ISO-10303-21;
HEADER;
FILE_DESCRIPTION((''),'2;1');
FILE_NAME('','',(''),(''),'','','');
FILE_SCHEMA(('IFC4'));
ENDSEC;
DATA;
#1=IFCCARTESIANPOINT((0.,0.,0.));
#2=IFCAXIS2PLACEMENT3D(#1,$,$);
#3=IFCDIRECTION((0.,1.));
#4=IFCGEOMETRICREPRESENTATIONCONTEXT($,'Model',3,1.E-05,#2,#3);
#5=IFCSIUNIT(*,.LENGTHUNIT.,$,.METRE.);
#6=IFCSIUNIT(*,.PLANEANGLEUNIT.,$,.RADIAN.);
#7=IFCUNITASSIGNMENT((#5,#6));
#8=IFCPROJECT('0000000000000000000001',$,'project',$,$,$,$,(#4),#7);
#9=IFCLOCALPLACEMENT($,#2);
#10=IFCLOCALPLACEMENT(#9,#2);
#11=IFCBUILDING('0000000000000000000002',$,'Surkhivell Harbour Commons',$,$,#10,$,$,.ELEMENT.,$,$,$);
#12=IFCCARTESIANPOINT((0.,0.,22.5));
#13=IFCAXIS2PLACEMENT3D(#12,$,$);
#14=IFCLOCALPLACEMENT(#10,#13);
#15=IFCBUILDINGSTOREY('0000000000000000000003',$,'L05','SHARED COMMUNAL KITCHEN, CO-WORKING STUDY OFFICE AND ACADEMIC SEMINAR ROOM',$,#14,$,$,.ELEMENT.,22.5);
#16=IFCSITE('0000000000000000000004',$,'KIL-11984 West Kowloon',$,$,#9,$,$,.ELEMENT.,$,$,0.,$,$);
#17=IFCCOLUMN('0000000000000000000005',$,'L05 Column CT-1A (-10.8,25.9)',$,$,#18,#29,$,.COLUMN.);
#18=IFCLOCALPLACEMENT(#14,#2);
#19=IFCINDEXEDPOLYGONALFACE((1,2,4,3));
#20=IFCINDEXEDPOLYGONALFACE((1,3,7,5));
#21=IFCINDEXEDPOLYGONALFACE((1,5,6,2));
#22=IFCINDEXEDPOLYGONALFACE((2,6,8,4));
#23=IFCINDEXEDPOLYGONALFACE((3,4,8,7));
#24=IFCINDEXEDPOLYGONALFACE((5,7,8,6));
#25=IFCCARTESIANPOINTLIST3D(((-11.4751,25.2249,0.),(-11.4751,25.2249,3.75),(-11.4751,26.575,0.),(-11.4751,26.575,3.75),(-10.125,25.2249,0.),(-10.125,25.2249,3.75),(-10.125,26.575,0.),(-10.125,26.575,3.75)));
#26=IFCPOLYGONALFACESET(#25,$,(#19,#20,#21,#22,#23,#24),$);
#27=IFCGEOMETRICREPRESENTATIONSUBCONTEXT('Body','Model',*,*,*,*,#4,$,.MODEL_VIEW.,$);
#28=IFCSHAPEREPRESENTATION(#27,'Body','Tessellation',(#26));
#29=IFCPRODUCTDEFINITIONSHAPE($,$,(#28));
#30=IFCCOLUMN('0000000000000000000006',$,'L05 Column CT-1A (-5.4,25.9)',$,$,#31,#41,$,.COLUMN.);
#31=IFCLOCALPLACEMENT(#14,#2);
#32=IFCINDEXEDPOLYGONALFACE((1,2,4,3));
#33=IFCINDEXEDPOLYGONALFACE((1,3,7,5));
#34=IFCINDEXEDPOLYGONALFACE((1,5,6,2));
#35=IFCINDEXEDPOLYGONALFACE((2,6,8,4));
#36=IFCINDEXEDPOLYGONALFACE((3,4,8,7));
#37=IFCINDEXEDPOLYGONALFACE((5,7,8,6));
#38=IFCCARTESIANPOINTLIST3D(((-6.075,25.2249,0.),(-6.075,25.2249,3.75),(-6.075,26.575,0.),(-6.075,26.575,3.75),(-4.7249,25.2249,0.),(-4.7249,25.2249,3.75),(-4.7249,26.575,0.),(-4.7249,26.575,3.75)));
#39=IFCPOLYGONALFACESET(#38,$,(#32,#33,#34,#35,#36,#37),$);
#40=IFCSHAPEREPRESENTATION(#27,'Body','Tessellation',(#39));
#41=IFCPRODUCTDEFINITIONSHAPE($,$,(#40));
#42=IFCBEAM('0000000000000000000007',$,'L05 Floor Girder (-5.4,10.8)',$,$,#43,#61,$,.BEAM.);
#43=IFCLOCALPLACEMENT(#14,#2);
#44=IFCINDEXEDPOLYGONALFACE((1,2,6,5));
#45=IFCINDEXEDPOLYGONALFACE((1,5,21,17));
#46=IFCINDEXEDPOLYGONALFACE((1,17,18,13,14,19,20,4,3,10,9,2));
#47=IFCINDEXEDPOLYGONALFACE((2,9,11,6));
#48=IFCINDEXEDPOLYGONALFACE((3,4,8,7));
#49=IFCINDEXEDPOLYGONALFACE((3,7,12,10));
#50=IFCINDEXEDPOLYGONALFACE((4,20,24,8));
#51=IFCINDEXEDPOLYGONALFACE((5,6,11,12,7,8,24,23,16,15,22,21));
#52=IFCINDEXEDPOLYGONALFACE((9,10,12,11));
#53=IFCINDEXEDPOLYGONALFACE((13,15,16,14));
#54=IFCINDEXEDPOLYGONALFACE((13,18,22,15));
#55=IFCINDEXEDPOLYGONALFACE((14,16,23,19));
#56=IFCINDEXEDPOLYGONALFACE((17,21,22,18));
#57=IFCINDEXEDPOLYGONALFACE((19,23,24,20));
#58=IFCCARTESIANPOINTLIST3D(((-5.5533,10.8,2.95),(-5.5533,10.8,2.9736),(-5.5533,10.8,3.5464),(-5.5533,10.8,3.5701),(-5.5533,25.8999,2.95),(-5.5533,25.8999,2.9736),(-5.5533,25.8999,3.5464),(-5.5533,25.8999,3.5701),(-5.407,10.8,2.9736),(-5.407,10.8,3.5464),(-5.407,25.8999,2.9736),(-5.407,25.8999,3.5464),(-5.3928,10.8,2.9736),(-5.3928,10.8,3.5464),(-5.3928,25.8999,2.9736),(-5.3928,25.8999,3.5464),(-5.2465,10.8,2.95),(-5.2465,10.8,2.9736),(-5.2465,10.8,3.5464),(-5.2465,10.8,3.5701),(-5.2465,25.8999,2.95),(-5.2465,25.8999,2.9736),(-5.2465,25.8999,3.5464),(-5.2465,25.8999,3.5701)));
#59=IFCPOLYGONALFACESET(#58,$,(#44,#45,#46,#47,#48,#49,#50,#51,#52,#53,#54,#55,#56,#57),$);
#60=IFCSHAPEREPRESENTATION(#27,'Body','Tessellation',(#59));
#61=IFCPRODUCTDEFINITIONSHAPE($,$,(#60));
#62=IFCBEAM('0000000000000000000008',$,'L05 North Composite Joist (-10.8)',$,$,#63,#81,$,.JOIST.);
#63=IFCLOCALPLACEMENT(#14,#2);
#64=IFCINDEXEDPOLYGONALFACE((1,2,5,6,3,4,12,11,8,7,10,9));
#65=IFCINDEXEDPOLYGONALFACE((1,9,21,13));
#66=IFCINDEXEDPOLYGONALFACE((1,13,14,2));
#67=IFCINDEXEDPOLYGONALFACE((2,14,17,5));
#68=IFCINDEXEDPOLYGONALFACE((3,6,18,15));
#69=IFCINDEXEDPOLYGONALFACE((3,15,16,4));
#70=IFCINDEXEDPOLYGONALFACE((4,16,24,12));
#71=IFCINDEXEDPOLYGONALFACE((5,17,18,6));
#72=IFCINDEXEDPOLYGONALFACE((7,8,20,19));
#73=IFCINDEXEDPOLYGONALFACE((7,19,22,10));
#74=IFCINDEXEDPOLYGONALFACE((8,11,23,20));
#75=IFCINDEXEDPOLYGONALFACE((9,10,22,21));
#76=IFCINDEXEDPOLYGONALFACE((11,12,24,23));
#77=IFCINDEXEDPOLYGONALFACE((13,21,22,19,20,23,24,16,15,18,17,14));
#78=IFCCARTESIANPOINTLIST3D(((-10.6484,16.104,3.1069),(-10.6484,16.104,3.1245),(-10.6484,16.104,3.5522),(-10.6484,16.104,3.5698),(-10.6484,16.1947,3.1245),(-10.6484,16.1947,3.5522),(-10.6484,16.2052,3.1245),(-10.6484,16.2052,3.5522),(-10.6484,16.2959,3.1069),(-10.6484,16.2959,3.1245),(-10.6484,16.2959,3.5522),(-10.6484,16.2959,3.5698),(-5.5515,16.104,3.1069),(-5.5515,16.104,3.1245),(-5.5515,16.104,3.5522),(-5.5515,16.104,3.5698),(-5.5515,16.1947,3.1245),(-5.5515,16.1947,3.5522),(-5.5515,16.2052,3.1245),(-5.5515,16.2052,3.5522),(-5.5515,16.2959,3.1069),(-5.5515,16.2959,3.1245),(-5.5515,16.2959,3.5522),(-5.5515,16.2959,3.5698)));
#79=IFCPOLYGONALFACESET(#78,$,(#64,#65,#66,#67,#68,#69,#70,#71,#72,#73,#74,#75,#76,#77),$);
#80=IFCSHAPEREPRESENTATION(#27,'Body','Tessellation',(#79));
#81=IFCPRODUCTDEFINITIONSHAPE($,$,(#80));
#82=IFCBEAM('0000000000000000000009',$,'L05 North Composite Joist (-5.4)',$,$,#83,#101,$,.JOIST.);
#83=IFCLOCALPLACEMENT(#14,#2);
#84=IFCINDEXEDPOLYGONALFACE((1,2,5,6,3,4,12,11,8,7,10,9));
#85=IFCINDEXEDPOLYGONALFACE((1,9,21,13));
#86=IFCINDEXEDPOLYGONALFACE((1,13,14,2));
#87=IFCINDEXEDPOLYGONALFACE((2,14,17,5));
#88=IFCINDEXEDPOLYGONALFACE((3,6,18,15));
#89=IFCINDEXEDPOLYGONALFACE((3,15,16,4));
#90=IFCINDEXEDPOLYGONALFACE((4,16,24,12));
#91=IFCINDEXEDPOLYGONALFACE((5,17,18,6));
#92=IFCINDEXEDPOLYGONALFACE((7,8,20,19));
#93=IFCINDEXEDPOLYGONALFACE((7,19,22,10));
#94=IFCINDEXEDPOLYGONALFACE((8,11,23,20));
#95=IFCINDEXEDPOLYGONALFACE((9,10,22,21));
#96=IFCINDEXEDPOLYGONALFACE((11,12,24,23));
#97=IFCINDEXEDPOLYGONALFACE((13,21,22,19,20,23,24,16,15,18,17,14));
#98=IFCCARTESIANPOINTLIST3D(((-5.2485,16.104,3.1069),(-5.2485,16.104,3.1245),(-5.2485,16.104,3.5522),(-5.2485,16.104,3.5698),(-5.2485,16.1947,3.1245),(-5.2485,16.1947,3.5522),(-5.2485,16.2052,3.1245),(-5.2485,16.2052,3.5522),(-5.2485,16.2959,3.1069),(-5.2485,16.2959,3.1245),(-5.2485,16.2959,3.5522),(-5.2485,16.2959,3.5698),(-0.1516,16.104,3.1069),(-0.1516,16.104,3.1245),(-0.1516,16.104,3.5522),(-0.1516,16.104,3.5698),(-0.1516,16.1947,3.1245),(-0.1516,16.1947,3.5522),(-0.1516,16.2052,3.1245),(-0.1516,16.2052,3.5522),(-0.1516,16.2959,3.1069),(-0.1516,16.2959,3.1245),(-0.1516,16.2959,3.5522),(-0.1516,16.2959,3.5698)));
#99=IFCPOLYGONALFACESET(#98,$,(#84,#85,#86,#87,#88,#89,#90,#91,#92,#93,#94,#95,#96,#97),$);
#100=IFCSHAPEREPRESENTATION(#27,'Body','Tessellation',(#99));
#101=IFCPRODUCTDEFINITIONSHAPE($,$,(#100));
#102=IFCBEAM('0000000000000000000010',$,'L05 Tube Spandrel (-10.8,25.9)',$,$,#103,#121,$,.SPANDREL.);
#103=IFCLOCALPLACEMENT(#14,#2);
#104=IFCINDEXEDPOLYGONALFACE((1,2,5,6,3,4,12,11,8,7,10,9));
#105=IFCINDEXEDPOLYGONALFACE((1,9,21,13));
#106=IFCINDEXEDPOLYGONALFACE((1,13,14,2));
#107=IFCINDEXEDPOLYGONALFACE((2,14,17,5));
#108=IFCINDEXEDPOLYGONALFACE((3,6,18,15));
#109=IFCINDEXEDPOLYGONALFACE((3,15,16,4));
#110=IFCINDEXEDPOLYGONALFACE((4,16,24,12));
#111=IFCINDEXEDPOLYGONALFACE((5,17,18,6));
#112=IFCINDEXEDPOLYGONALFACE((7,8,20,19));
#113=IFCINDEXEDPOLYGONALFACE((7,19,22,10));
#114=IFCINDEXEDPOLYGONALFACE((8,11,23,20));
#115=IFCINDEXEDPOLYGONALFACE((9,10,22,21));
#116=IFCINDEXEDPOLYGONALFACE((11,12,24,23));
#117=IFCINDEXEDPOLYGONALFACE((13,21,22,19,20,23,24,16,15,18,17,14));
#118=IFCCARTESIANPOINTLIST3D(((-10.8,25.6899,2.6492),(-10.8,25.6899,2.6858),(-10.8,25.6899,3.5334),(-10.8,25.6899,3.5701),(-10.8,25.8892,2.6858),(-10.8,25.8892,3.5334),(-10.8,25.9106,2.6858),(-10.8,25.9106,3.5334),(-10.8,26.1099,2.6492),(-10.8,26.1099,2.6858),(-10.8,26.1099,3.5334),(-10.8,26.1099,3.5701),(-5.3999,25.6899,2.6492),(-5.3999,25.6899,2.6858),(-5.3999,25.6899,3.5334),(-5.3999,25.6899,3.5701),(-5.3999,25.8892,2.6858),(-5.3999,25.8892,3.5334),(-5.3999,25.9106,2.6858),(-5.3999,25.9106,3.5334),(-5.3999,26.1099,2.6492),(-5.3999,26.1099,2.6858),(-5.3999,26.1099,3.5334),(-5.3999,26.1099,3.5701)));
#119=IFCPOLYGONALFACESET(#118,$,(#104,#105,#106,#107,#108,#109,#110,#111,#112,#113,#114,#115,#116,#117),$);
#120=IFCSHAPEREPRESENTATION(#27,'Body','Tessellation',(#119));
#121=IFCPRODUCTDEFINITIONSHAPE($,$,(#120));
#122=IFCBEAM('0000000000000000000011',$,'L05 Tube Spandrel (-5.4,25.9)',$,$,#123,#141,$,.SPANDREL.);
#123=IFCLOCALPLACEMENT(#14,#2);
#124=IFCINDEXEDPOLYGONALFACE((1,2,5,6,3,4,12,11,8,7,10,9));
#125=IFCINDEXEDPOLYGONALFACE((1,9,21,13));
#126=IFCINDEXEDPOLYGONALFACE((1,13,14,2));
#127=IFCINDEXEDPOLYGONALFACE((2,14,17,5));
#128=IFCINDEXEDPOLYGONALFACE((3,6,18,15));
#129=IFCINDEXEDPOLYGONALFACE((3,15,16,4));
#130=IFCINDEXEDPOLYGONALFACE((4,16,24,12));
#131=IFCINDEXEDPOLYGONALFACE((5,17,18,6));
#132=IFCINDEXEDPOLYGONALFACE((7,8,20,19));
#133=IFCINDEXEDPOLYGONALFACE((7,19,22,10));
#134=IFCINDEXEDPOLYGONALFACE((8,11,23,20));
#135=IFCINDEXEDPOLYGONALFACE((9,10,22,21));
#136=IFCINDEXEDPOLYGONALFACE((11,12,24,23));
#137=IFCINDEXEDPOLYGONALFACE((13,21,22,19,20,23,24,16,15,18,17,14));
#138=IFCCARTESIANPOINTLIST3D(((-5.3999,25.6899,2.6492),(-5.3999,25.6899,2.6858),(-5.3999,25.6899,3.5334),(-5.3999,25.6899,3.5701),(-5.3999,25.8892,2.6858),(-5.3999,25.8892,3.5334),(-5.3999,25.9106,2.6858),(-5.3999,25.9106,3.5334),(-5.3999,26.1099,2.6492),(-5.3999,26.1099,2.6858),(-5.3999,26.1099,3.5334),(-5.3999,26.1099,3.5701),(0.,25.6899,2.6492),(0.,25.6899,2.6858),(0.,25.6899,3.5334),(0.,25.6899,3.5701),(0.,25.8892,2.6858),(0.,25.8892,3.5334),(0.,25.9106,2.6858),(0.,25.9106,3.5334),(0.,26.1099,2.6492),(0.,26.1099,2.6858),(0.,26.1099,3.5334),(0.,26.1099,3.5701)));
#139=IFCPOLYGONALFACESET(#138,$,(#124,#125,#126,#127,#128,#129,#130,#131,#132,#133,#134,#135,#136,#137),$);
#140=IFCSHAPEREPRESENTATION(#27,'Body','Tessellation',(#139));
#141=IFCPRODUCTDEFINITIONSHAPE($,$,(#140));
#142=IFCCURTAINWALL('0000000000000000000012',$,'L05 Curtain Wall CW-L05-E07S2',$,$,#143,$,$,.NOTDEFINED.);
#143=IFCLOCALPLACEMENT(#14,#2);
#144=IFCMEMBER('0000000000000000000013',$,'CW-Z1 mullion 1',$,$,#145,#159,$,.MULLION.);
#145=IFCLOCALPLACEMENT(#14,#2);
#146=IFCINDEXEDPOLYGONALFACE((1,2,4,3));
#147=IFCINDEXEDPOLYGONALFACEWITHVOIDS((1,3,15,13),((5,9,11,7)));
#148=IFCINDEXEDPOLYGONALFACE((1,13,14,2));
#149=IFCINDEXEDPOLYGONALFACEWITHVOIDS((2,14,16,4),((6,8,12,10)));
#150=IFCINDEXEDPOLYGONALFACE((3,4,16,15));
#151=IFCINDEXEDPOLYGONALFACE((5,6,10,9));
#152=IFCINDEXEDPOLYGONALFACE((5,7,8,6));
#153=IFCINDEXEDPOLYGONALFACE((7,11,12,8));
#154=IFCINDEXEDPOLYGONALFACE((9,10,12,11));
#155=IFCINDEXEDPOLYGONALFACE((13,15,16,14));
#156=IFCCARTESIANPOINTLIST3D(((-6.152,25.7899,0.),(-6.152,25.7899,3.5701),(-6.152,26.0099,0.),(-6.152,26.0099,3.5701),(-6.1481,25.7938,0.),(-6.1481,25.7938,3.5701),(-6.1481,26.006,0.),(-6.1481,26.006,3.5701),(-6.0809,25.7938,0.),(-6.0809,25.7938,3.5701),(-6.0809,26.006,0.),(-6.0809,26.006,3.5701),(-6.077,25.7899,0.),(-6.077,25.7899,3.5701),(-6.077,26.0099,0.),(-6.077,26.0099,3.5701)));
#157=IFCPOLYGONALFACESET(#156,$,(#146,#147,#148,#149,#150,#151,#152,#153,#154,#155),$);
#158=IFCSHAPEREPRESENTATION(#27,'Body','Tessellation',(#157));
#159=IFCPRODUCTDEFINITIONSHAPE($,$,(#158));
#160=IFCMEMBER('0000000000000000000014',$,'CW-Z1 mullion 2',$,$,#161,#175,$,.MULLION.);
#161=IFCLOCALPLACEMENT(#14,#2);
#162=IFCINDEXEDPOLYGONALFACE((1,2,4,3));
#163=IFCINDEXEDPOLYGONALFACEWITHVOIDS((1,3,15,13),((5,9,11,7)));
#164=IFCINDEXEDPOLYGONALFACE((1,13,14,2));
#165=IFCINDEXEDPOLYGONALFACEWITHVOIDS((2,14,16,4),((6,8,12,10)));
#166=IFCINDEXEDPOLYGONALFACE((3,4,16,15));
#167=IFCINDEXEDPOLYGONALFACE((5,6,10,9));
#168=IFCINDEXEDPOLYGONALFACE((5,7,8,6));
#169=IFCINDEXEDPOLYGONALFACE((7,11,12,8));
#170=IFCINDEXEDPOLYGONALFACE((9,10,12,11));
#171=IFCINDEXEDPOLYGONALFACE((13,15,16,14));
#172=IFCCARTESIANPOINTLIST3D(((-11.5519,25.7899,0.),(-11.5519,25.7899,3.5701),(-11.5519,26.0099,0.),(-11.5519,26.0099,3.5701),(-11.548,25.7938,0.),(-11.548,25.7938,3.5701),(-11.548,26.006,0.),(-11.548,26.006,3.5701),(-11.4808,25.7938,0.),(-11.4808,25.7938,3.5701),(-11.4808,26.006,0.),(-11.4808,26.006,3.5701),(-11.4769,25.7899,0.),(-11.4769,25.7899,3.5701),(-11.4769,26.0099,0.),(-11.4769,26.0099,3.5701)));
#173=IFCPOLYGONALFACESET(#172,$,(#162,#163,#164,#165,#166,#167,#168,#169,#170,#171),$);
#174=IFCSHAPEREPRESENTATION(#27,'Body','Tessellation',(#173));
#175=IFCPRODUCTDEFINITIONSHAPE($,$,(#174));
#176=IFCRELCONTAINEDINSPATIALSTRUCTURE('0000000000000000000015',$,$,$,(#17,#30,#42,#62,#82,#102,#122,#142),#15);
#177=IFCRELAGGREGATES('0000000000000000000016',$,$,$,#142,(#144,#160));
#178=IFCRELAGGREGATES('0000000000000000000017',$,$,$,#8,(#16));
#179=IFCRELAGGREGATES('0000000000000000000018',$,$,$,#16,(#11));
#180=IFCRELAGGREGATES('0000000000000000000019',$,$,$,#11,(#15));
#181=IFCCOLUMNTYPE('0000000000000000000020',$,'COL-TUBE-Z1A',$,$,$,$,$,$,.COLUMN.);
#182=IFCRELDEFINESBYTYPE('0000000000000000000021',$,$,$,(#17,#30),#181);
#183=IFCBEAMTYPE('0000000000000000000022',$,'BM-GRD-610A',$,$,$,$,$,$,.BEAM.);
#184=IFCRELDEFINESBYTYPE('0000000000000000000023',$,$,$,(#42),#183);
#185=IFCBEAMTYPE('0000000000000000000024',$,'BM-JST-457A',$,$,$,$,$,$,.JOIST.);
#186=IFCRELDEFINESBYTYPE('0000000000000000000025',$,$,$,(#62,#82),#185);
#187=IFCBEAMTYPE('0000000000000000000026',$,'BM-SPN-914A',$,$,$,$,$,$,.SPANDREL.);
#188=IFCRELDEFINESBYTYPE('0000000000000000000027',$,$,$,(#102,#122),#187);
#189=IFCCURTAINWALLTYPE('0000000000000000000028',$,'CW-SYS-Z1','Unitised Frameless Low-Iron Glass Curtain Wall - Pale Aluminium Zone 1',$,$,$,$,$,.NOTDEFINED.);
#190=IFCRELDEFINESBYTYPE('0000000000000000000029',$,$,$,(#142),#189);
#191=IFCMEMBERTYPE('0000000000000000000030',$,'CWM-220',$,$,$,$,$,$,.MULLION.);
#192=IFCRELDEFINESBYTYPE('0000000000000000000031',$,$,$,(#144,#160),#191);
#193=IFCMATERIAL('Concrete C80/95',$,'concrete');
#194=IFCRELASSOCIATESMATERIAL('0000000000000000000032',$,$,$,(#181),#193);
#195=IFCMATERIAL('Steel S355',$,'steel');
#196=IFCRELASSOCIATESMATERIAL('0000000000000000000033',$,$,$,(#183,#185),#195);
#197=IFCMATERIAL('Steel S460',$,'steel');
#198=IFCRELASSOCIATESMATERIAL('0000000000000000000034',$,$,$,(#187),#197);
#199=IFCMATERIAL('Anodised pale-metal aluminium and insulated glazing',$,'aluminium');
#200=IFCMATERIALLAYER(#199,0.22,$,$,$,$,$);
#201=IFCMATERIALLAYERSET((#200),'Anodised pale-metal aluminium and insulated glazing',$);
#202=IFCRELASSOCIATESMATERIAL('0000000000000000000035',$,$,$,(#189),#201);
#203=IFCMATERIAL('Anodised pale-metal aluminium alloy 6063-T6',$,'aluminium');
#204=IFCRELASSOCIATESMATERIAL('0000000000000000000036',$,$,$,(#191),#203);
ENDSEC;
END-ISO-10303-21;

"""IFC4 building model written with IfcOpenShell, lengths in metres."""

from ifc_helpers import new_model, si_unit, direction, frame, origin, origin_2d, place, context, subcontext, project, spatial, rectangle, hollow_rectangle, i_section, extrude, material, layer, layer_set, material_profile, profile_set, type_object, element, aggregate, save


model = new_model("IFC4")

# Units and contexts
model_context = context("Model", 3, precision=1e-05, world=origin(), true_north=direction((0.0, 1.0)))
body_context = subcontext(model_context, "Body", "Model", "MODEL_VIEW")
ifc_project = project(units=[si_unit("LENGTHUNIT", "METRE"), si_unit("PLANEANGLEUNIT", "RADIAN")], contexts=[model_context])

# Site, building, storey
site_placement = place(None, origin())
site = spatial("IfcSite", under=ifc_project, at=site_placement, Name="KIL-11984 West Kowloon", CompositionType="ELEMENT", RefElevation=0.0)
building_placement = place(site_placement, origin())
building = spatial("IfcBuilding", under=site, at=building_placement, Name="Surkhivell Harbour Commons", CompositionType="ELEMENT")
storey_placement = place(building_placement, frame((0.0, 0.0, 22.5)))
storey = spatial("IfcBuildingStorey", under=building, at=storey_placement, Name="L05", Description="SHARED COMMUNAL KITCHEN, CO-WORKING STUDY OFFICE AND ACADEMIC SEMINAR ROOM", CompositionType="ELEMENT", Elevation=22.5)

# Columns
ifc_material_1 = material(Name="Concrete C80/95", Category="concrete")
ifc_material_profile_1 = material_profile(ifc_material_1, rectangle(XDim=1.3501, YDim=1.3501, at=origin_2d()), Name="RC-COL-1350x1350")
ifc_profile_set_1 = profile_set([ifc_material_profile_1], Name="Concrete C80/95")
column_type = type_object("IfcColumnType", Name="COL-TUBE-Z1A", PredefinedType="COLUMN", material=ifc_profile_set_1)
for number, where, z_axis, x_axis, name in (
    (1, (-10.8, 25.8999, 0.0), (0.0, 0.0, 1.0), (1.0, 0.0, 0.0), "L05 Column CT-1A (-10.8,25.9)"),
    (2, (-5.3999, 25.8999, 0.0), (0.0, 0.0, 1.0), (1.0, 0.0, 0.0), "L05 Column CT-1A (-5.4,25.9)"),
):
    element("IfcColumn", number, at=place(storey_placement, frame(where, z_axis=z_axis, x_axis=x_axis)), inside=storey, type_object=column_type, Name=name, PredefinedType="COLUMN", context=body_context, shape_type="SweptSolid", body=[
        extrude(rectangle(XDim=1.3501, YDim=1.3501, at=origin_2d()), origin(), (0.0, 0.0, 1.0), 3.75),
    ])

# Beams
ifc_material_2 = material(Name="Steel S355", Category="steel")
ifc_material_profile_2 = material_profile(ifc_material_2, i_section(OverallWidth=0.3069, OverallDepth=0.6201, WebThickness=0.0142, FlangeThickness=0.0237, at=origin_2d()), Name="UB610x305x179")
ifc_profile_set_2 = profile_set([ifc_material_profile_2], Name="Steel S355")
beam_type_1 = type_object("IfcBeamType", Name="BM-GRD-610A", PredefinedType="BEAM", material=ifc_profile_set_2)
beam_1_placement = place(storey_placement, frame((-5.3999, 10.8, 3.26), z_axis=(0.0, 1.0, 0.0), x_axis=(-1.0, 0.0, 0.0)))
element("IfcBeam", 3, at=beam_1_placement, inside=storey, type_object=beam_type_1, Name="L05 Floor Girder (-5.4,10.8)", PredefinedType="BEAM", context=body_context, shape_type="SweptSolid", body=[
    extrude(i_section(OverallWidth=0.3069, OverallDepth=0.6201, WebThickness=0.0142, FlangeThickness=0.0237, at=origin_2d()), origin(), (0.0, 0.0, 1.0), 15.0999),
])
ifc_material_profile_3 = material_profile(ifc_material_2, i_section(OverallWidth=0.1919, OverallDepth=0.4629, WebThickness=0.0105, FlangeThickness=0.0176, at=origin_2d()), Name="UB457x191x89")
ifc_profile_set_3 = profile_set([ifc_material_profile_3], Name="Steel S355")
beam_type_2 = type_object("IfcBeamType", Name="BM-JST-457A", PredefinedType="JOIST", material=ifc_profile_set_3)
for number, where, z_axis, x_axis, name in (
    (4, (-10.6484, 16.2, 3.3384), (1.0, 0.0, 0.0), (0.0, 1.0, 0.0), "L05 North Composite Joist (-10.8)"),
    (5, (-5.2485, 16.2, 3.3384), (1.0, 0.0, 0.0), (0.0, 1.0, 0.0), "L05 North Composite Joist (-5.4)"),
):
    element("IfcBeam", number, at=place(storey_placement, frame(where, z_axis=z_axis, x_axis=x_axis)), inside=storey, type_object=beam_type_2, Name=name, PredefinedType="JOIST", context=body_context, shape_type="SweptSolid", body=[
        extrude(i_section(OverallWidth=0.1919, OverallDepth=0.4629, WebThickness=0.0105, FlangeThickness=0.0176, at=origin_2d()), origin(), (0.0, 0.0, 1.0), 5.0969),
    ])
ifc_material_3 = material(Name="Steel S460", Category="steel")
ifc_material_profile_4 = material_profile(ifc_material_3, i_section(OverallWidth=0.4199, OverallDepth=0.9209, WebThickness=0.0215, FlangeThickness=0.0366, at=origin_2d()), Name="UB914x419x388")
ifc_profile_set_4 = profile_set([ifc_material_profile_4], Name="Steel S460")
beam_type_3 = type_object("IfcBeamType", Name="BM-SPN-914A", PredefinedType="SPANDREL", material=ifc_profile_set_4)
beam_2_placement = place(storey_placement, frame((-10.8, 25.8999, 3.1096), z_axis=(1.0, 0.0, 0.0), x_axis=(0.0, 1.0, 0.0)))
element("IfcBeam", 6, at=beam_2_placement, inside=storey, type_object=beam_type_3, Name="L05 Tube Spandrel (-10.8,25.9)", PredefinedType="SPANDREL", context=body_context, shape_type="SweptSolid", body=[
    extrude(i_section(OverallWidth=0.4199, OverallDepth=0.9209, WebThickness=0.0215, FlangeThickness=0.0366, at=origin_2d()), origin(), (0.0, 0.0, 1.0), 5.4001),
])
beam_3_placement = place(storey_placement, frame((-5.3999, 25.8999, 3.1096), z_axis=(1.0, 0.0, 0.0), x_axis=(0.0, 1.0, 0.0)))
element("IfcBeam", 7, at=beam_3_placement, inside=storey, type_object=beam_type_3, Name="L05 Tube Spandrel (-5.4,25.9)", PredefinedType="SPANDREL", context=body_context, shape_type="SweptSolid", body=[
    extrude(i_section(OverallWidth=0.4199, OverallDepth=0.9209, WebThickness=0.0215, FlangeThickness=0.0366, at=origin_2d()), origin(), (0.0, 0.0, 1.0), 5.3999),
])

# Curtain wall, members
ifc_material_4 = material(Name="Anodised pale-metal aluminium and insulated glazing", Category="aluminium")
ifc_layer_1 = layer(ifc_material_4, 0.22)
ifc_layer_set_1 = layer_set([ifc_layer_1], Name="Anodised pale-metal aluminium and insulated glazing")
curtain_wall_type = type_object("IfcCurtainWallType", Name="CW-SYS-Z1", Description="Unitised Frameless Low-Iron Glass Curtain Wall - Pale Aluminium Zone 1", PredefinedType="NOTDEFINED", material=ifc_layer_set_1)
curtain_wall_placement = place(storey_placement, origin())
curtain_wall = element("IfcCurtainWall", 8, at=curtain_wall_placement, inside=storey, type_object=curtain_wall_type, Name="L05 Curtain Wall CW-L05-E07S2", PredefinedType="NOTDEFINED")
ifc_material_5 = material(Name="Anodised pale-metal aluminium alloy 6063-T6", Category="aluminium")
ifc_material_profile_5 = material_profile(ifc_material_5, hollow_rectangle(XDim=0.075, YDim=0.22, WallThickness=0.0039, at=origin_2d()), Name="ALU-MULL-75x220")
ifc_profile_set_5 = profile_set([ifc_material_profile_5], Name="Anodised pale-metal aluminium alloy 6063-T6")
member_type_1 = type_object("IfcMemberType", Name="CWM-220", PredefinedType="MULLION", material=ifc_profile_set_5)
member_1_placement = place(storey_placement, frame((-6.1145, 25.8999, 0.0), z_axis=(0.0, 0.0, 1.0), x_axis=(-1.0, 0.0, 0.0)))
member_1 = element("IfcMember", 9, at=member_1_placement, type_object=member_type_1, Name="CW-Z1 mullion 1", PredefinedType="MULLION", context=body_context, shape_type="SweptSolid", body=[
    extrude(hollow_rectangle(XDim=0.075, YDim=0.22, WallThickness=0.0039, at=origin_2d()), origin(), (0.0, 0.0, 1.0), 3.5701),
])
member_2_placement = place(storey_placement, frame((-11.5144, 25.8999, 0.0), z_axis=(0.0, 0.0, 1.0), x_axis=(-1.0, 0.0, 0.0)))
member_2 = element("IfcMember", 10, at=member_2_placement, type_object=member_type_1, Name="CW-Z1 mullion 2", PredefinedType="MULLION", context=body_context, shape_type="SweptSolid", body=[
    extrude(hollow_rectangle(XDim=0.075, YDim=0.22, WallThickness=0.0039, at=origin_2d()), origin(), (0.0, 0.0, 1.0), 3.5701),
])

aggregate(curtain_wall, [member_1, member_2])

save(model, "model.ifc")
